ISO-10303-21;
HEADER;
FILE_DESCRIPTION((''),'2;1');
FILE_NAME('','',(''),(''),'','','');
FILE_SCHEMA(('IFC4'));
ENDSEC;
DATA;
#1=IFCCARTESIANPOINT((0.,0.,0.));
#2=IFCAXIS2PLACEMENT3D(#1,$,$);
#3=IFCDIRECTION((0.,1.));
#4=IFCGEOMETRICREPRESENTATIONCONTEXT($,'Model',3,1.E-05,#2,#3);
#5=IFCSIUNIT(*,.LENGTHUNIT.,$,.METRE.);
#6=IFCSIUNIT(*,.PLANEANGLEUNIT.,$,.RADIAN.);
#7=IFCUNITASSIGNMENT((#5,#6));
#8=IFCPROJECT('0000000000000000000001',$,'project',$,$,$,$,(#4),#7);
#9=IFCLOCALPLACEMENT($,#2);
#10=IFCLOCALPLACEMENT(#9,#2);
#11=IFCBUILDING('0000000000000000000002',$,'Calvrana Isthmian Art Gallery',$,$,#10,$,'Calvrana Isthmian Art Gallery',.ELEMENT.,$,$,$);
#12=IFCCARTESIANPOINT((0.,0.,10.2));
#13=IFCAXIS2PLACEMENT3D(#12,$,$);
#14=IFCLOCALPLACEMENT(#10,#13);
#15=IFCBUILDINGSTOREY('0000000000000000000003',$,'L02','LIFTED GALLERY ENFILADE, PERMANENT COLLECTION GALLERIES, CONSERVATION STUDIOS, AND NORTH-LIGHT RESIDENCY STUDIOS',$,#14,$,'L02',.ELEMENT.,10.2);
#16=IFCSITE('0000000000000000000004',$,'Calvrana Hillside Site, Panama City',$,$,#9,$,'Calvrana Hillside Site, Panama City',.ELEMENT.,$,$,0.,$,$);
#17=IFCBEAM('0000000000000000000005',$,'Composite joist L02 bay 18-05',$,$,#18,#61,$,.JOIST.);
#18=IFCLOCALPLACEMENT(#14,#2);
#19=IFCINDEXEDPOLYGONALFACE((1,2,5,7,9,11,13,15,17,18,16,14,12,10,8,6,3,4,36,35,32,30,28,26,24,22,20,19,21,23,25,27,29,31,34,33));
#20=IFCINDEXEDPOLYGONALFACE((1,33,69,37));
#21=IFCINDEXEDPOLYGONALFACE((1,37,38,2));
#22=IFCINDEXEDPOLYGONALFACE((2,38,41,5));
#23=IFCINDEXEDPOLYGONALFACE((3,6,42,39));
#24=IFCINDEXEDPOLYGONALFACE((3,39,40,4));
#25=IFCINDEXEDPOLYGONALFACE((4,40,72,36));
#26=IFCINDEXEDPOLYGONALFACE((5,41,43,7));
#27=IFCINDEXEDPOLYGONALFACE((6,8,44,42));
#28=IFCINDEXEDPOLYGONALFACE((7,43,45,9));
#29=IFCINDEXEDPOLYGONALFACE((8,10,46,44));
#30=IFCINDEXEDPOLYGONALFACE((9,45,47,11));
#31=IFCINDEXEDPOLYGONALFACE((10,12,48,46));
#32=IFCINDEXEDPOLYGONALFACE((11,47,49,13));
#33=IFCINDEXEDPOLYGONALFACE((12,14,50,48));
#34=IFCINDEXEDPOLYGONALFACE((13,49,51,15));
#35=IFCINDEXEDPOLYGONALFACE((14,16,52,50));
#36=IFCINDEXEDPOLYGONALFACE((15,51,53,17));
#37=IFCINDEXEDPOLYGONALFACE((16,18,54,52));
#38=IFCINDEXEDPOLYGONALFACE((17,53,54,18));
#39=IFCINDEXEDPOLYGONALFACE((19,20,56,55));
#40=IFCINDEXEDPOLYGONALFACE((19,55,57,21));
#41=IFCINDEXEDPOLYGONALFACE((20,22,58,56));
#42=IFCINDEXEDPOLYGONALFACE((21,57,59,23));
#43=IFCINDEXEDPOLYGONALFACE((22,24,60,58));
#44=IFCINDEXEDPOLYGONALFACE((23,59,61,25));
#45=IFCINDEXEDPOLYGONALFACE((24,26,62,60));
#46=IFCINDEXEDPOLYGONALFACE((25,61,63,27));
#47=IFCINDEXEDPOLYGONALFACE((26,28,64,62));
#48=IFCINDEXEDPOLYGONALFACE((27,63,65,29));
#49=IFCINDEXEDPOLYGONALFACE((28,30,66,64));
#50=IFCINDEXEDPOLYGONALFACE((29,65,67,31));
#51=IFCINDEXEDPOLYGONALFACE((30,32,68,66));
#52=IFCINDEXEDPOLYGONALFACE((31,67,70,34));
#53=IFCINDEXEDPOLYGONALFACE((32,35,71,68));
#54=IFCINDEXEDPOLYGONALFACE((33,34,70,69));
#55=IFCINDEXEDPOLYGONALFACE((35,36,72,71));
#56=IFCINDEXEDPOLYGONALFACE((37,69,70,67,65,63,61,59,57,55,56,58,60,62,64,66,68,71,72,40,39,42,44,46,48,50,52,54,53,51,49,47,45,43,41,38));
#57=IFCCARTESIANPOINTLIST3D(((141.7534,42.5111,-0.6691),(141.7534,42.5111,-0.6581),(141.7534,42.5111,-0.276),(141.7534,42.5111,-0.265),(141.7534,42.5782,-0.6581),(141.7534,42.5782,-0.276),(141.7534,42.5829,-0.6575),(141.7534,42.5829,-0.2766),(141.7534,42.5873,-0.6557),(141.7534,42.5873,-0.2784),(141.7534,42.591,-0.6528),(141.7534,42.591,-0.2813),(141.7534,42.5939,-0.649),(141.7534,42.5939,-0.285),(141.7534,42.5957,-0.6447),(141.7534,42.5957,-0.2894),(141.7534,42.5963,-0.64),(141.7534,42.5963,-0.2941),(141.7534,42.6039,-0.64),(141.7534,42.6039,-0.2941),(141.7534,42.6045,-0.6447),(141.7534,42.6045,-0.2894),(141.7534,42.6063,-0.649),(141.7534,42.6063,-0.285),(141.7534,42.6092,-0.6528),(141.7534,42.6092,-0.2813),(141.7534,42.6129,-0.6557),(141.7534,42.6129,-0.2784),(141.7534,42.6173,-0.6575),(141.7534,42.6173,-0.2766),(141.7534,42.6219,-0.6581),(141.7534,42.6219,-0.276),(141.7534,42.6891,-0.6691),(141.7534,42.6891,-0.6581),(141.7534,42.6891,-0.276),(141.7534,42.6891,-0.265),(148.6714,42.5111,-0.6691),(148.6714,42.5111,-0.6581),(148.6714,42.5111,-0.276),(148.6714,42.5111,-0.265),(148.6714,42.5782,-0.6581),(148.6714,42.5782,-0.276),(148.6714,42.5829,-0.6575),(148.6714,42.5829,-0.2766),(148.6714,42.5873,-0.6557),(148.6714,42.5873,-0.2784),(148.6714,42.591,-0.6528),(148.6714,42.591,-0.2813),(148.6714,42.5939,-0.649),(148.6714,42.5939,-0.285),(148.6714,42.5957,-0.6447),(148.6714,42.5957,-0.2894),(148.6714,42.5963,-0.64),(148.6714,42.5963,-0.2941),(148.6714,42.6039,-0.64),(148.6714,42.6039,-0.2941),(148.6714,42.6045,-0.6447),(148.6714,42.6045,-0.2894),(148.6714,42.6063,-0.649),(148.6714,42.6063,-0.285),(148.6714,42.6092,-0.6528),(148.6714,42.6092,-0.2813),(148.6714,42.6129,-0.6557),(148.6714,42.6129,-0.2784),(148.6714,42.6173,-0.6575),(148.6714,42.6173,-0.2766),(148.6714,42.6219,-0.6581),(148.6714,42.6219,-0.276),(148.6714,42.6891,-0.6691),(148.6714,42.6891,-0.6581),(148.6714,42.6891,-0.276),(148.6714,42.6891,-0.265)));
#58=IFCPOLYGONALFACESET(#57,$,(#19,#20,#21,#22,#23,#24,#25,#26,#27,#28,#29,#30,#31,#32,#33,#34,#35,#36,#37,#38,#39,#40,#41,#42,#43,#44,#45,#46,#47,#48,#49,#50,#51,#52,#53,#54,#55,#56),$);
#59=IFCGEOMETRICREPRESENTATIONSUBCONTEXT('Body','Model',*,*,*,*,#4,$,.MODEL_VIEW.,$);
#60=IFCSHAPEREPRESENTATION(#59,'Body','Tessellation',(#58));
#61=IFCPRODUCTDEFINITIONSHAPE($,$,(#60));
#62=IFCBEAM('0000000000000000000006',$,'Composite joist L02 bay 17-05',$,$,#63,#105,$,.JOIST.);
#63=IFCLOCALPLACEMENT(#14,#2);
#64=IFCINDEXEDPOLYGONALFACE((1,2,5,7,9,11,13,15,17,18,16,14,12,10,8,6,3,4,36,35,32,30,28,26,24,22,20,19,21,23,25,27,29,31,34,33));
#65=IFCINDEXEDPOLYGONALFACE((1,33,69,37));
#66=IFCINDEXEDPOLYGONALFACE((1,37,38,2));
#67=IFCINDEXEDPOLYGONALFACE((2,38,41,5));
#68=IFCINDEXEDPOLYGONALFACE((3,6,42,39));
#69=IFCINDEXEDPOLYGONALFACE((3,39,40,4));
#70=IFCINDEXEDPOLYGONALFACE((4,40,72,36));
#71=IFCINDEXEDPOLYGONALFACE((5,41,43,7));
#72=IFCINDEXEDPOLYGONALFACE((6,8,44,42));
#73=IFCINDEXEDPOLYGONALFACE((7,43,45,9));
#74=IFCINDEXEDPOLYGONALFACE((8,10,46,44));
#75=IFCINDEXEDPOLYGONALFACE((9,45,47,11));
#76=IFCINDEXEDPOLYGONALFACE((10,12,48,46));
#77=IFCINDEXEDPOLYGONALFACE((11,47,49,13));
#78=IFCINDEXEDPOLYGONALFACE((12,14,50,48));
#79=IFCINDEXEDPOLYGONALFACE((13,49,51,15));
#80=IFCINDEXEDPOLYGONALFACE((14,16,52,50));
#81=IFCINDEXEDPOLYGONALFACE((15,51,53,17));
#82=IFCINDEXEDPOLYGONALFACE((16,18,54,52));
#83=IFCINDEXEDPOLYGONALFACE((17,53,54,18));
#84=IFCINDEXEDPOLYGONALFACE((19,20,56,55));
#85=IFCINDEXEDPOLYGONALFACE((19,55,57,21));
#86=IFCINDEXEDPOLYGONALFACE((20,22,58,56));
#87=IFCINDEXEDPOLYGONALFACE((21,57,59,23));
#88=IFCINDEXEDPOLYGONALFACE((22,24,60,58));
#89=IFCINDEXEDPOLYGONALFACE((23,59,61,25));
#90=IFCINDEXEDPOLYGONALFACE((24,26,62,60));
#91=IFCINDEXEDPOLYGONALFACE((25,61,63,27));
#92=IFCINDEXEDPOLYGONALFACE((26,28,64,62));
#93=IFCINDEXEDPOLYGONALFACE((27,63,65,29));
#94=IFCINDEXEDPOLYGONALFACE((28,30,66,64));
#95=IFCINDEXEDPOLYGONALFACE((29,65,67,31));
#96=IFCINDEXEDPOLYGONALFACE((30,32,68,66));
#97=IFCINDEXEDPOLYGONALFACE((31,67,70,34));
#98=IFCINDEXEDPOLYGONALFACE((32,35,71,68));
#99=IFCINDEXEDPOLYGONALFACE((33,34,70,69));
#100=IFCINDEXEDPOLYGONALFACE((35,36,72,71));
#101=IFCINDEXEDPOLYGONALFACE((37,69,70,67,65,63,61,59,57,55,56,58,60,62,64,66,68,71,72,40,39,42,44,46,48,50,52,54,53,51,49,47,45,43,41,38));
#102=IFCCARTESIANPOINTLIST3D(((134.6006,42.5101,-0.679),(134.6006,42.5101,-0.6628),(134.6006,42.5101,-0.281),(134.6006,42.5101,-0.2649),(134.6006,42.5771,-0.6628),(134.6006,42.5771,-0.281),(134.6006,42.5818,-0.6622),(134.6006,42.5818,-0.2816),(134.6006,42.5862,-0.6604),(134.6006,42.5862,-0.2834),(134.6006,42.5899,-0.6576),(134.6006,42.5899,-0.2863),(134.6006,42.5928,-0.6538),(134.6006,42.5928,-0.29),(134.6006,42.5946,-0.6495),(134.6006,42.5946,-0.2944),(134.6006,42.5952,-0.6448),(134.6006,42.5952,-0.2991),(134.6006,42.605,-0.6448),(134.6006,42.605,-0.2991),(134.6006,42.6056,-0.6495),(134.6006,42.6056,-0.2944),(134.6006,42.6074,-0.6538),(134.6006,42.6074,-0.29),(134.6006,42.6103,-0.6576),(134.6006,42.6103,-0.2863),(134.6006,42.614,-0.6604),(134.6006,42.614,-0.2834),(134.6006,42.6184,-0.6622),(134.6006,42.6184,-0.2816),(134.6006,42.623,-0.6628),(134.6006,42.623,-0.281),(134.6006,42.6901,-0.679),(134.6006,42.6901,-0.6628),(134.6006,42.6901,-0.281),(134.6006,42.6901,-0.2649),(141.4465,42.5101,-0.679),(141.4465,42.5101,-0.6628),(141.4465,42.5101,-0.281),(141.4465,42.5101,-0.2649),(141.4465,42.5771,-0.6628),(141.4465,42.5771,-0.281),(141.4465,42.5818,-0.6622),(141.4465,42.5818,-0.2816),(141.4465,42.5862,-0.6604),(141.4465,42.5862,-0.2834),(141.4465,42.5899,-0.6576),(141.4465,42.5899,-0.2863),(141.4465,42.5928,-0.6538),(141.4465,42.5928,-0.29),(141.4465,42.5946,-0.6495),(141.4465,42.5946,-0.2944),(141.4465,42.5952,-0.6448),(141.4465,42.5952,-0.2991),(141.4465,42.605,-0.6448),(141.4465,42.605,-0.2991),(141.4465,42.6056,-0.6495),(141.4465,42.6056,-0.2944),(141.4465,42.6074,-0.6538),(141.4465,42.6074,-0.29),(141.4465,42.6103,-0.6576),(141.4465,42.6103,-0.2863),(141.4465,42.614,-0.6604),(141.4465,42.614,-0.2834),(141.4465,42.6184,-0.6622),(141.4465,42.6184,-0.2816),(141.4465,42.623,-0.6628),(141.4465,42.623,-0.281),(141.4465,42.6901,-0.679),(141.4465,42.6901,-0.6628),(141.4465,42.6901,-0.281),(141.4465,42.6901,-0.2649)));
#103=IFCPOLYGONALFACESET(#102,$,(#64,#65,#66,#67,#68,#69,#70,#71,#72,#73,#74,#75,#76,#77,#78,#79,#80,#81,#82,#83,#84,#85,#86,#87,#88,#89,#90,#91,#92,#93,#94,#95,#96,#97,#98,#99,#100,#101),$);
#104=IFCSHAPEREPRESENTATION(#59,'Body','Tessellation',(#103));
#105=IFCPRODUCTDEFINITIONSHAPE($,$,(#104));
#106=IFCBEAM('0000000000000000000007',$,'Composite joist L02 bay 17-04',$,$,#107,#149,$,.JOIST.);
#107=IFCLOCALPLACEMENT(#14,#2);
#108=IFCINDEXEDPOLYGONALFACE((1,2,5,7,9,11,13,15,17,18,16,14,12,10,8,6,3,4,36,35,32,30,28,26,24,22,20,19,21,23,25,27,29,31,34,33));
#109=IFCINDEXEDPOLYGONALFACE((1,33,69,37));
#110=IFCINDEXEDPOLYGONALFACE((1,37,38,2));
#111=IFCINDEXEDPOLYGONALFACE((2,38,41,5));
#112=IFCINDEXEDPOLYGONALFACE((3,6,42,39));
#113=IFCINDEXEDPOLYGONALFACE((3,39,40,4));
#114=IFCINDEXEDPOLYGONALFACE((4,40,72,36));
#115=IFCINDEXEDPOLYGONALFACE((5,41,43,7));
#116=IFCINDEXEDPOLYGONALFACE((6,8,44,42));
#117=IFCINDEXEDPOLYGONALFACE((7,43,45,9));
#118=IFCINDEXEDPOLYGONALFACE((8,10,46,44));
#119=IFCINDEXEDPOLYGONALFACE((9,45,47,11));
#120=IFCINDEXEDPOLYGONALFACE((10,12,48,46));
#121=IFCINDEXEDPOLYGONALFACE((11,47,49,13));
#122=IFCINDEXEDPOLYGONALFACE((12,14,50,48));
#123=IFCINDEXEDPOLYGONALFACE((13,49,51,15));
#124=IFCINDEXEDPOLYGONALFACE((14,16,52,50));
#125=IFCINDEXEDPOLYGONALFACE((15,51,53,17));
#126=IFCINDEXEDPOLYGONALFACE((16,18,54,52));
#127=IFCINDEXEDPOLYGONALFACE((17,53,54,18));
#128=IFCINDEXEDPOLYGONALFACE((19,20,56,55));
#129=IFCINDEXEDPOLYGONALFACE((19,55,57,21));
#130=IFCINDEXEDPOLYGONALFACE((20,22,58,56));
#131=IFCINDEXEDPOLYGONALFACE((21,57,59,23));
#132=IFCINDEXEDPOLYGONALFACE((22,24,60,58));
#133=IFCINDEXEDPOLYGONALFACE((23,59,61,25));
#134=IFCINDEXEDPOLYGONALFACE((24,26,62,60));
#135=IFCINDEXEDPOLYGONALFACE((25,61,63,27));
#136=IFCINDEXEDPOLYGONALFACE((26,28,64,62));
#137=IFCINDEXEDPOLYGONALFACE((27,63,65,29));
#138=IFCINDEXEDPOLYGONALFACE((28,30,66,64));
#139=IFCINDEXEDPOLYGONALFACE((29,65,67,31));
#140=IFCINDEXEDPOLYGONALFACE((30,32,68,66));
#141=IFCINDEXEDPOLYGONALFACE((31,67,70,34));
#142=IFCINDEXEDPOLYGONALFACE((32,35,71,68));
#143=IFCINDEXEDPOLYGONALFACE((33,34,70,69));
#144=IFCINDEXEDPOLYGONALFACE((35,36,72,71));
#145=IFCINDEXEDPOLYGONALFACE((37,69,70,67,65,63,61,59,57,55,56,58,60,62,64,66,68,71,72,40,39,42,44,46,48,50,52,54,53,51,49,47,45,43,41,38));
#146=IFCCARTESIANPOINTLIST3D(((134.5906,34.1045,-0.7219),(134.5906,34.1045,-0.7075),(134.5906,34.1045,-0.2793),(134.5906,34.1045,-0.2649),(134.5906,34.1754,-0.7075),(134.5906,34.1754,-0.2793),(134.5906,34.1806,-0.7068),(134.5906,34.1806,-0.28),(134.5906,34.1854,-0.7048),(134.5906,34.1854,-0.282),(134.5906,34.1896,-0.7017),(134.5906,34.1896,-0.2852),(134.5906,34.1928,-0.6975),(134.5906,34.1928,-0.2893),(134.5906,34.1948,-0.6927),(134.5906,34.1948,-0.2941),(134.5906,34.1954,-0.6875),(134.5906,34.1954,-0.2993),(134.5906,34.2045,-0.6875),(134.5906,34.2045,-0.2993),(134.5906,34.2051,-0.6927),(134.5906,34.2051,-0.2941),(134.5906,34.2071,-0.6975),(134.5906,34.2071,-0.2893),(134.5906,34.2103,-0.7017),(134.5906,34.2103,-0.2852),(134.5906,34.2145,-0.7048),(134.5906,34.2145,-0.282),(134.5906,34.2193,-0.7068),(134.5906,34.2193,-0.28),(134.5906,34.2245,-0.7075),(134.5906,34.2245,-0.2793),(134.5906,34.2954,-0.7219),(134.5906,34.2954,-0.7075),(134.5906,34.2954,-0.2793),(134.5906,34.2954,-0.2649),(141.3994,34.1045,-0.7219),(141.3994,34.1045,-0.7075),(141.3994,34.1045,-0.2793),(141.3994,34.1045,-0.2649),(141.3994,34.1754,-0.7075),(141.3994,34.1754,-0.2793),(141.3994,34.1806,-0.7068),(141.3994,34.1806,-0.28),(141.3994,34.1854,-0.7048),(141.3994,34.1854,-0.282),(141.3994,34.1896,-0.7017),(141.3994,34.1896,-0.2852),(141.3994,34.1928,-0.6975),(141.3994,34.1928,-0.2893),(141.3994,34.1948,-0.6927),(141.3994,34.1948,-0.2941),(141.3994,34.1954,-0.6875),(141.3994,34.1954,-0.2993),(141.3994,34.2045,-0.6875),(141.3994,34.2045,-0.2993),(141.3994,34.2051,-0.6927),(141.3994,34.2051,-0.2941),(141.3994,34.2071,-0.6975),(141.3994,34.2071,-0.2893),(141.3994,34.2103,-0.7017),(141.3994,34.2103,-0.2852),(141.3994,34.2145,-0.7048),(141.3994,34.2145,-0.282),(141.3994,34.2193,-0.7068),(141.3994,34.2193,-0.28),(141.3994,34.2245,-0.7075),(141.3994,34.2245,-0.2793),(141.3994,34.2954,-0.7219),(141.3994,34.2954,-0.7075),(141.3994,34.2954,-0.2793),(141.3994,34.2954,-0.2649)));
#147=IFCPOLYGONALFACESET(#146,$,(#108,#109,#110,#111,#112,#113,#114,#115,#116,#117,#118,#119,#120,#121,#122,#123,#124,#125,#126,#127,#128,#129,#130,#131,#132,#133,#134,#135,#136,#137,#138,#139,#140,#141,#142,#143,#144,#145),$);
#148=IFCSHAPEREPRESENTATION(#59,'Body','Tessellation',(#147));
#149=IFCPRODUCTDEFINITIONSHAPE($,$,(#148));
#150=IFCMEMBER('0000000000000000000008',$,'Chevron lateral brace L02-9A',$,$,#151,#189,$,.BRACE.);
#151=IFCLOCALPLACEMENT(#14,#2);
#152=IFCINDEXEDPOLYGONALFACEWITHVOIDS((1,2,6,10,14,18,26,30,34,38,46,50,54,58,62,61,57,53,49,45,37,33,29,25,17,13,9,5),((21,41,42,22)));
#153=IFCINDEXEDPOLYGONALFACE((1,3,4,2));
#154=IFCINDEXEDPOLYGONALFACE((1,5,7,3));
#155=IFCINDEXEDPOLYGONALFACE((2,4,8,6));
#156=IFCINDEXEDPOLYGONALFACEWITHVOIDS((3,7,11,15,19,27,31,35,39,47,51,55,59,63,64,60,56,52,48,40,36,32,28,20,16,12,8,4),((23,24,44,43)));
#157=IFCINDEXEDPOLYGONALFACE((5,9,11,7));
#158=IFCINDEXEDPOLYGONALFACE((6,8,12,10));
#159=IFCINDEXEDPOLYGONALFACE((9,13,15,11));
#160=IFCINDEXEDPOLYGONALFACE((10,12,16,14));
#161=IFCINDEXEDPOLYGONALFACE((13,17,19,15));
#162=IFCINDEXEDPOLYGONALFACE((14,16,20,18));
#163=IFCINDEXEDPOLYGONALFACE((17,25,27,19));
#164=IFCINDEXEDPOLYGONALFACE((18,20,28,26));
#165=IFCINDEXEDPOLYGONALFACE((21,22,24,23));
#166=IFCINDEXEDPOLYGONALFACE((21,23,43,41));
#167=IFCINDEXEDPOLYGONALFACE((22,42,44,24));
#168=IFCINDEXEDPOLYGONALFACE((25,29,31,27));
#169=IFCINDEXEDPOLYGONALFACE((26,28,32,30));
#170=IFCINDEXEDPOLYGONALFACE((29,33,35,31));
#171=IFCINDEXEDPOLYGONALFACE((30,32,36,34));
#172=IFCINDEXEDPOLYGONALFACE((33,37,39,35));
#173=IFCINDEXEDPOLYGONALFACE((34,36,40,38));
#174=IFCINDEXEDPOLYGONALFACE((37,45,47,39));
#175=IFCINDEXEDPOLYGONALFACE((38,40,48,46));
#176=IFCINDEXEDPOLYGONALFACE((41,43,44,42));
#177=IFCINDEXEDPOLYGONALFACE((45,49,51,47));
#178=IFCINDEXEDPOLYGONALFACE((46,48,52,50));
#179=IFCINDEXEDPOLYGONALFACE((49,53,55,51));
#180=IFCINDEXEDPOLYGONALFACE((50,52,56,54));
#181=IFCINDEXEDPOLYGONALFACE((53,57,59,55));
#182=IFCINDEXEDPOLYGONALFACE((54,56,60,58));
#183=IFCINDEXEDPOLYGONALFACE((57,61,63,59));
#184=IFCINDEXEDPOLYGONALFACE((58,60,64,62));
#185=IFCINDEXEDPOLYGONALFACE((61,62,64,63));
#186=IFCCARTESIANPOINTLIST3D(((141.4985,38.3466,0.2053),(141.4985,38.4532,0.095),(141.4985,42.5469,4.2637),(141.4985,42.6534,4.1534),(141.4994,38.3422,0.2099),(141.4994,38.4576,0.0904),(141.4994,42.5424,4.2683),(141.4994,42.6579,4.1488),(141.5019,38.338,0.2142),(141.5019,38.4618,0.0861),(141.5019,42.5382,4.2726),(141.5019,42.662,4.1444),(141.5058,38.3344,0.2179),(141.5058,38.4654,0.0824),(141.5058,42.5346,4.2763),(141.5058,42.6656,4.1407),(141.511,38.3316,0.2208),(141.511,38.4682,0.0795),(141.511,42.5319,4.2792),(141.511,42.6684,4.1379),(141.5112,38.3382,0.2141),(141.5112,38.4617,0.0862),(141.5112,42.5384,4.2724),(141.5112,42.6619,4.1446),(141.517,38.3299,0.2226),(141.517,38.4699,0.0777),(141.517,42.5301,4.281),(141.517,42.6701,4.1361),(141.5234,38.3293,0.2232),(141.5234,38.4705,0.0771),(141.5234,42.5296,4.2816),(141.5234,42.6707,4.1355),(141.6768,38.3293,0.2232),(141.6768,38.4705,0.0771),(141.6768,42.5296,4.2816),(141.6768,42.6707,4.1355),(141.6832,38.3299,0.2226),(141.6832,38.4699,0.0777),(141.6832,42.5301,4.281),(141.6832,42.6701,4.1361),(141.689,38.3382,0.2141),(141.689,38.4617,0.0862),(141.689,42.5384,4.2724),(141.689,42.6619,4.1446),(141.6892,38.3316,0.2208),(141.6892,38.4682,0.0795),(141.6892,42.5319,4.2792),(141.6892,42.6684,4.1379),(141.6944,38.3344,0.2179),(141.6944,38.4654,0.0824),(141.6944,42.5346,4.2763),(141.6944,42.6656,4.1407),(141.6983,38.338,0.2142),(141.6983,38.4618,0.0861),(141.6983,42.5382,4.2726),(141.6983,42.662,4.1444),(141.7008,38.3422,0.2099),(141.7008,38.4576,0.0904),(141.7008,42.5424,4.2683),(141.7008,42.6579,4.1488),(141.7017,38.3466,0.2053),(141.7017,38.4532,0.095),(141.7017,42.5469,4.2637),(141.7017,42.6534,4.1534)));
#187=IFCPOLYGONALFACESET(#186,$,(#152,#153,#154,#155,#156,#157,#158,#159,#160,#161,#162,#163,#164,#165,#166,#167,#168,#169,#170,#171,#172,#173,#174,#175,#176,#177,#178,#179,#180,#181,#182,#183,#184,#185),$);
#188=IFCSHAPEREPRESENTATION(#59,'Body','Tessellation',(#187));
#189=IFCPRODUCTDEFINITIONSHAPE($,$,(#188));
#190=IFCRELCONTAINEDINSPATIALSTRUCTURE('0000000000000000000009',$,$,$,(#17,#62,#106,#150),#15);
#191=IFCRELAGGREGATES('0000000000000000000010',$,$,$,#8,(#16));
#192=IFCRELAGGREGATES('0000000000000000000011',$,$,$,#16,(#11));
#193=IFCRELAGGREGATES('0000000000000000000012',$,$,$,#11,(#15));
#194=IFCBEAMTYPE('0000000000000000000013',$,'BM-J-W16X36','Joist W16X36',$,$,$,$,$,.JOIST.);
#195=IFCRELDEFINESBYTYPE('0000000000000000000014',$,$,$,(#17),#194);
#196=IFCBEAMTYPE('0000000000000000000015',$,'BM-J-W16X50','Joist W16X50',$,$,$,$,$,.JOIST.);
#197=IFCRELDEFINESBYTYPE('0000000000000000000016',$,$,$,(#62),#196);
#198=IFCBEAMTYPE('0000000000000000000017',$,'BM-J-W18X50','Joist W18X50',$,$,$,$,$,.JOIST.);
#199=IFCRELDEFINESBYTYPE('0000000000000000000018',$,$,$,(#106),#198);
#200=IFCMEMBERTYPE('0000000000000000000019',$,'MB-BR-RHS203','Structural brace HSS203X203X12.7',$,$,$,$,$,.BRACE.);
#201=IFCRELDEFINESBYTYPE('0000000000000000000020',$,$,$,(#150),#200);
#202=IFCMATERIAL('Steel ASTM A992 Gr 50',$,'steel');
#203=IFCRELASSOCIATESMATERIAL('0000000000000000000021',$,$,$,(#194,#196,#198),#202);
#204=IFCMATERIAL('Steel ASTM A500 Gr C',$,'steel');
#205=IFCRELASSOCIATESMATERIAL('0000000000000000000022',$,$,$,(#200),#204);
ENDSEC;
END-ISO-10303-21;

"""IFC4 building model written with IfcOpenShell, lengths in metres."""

from ifc_helpers import new_model, si_unit, direction, frame, origin, origin_2d, place, context, subcontext, project, spatial, hollow_rectangle, i_section, extrude, material, material_profile, profile_set, type_object, element, save


model = new_model("IFC4")

# Units and contexts
model_context = context("Model", 3, precision=1e-05, world=origin(), true_north=direction((0.0, 1.0)))
body_context = subcontext(model_context, "Body", "Model", "MODEL_VIEW")
ifc_project = project(units=[si_unit("LENGTHUNIT", "METRE"), si_unit("PLANEANGLEUNIT", "RADIAN")], contexts=[model_context])

# Site, building, storey
site_placement = place(None, origin())
site = spatial("IfcSite", under=ifc_project, at=site_placement, Name="Calvrana Hillside Site, Panama City", LongName="Calvrana Hillside Site, Panama City", CompositionType="ELEMENT", RefElevation=0.0)
building_placement = place(site_placement, origin())
building = spatial("IfcBuilding", under=site, at=building_placement, Name="Calvrana Isthmian Art Gallery", LongName="Calvrana Isthmian Art Gallery", CompositionType="ELEMENT")
storey_placement = place(building_placement, frame((0.0, 0.0, 10.2)))
storey = spatial("IfcBuildingStorey", under=building, at=storey_placement, Name="L02", Description="LIFTED GALLERY ENFILADE, PERMANENT COLLECTION GALLERIES, CONSERVATION STUDIOS, AND NORTH-LIGHT RESIDENCY STUDIOS", LongName="L02", CompositionType="ELEMENT", Elevation=10.2)

# Shared definitions
ifc_material_1 = material(Name="Steel ASTM A992 Gr 50", Category="steel")

# Beams
ifc_material_profile_1 = material_profile(ifc_material_1, i_section(OverallWidth=0.178, OverallDepth=0.4041, WebThickness=0.0076, FlangeThickness=0.011, FilletRadius=0.0181, at=origin_2d()), Name="W16X36")
ifc_profile_set_1 = profile_set([ifc_material_profile_1], Name="Steel ASTM A992 Gr 50")
beam_type_1 = type_object("IfcBeamType", Name="BM-J-W16X36", Description="Joist W16X36", PredefinedType="JOIST", material=ifc_profile_set_1)
beam_1_placement = place(storey_placement, frame((141.7534, 42.6001, -0.467), z_axis=(1.0, 0.0, 0.0), x_axis=(0.0, 1.0, 0.0)))
element("IfcBeam", 1, at=beam_1_placement, inside=storey, type_object=beam_type_1, Name="Composite joist L02 bay 18-05", PredefinedType="JOIST", context=body_context, shape_type="SweptSolid", body=[
    extrude(i_section(OverallWidth=0.178, OverallDepth=0.4041, WebThickness=0.0076, FlangeThickness=0.011, FilletRadius=0.0181, at=origin_2d()), origin(), (0.0, 0.0, 1.0), 6.918),
])
ifc_material_profile_2 = material_profile(ifc_material_1, i_section(OverallWidth=0.1799, OverallDepth=0.4141, WebThickness=0.0098, FlangeThickness=0.0161, FilletRadius=0.0181, at=origin_2d()), Name="W16X50")
ifc_profile_set_2 = profile_set([ifc_material_profile_2], Name="Steel ASTM A992 Gr 50")
beam_type_2 = type_object("IfcBeamType", Name="BM-J-W16X50", Description="Joist W16X50", PredefinedType="JOIST", material=ifc_profile_set_2)
beam_2_placement = place(storey_placement, frame((134.6006, 42.6001, -0.4719), z_axis=(1.0, 0.0, 0.0), x_axis=(0.0, 1.0, 0.0)))
element("IfcBeam", 2, at=beam_2_placement, inside=storey, type_object=beam_type_2, Name="Composite joist L02 bay 17-05", PredefinedType="JOIST", context=body_context, shape_type="SweptSolid", body=[
    extrude(i_section(OverallWidth=0.1799, OverallDepth=0.4141, WebThickness=0.0098, FlangeThickness=0.0161, FilletRadius=0.0181, at=origin_2d()), origin(), (0.0, 0.0, 1.0), 6.8459),
])
ifc_material_profile_3 = material_profile(ifc_material_1, i_section(OverallWidth=0.1909, OverallDepth=0.457, WebThickness=0.009, FlangeThickness=0.0144, FilletRadius=0.02, at=origin_2d()), Name="W18X50")
ifc_profile_set_3 = profile_set([ifc_material_profile_3], Name="Steel ASTM A992 Gr 50")
beam_type_3 = type_object("IfcBeamType", Name="BM-J-W18X50", Description="Joist W18X50", PredefinedType="JOIST", material=ifc_profile_set_3)
beam_3_placement = place(storey_placement, frame((134.5906, 34.2, -0.4934), z_axis=(1.0, 0.0, 0.0), x_axis=(0.0, 1.0, 0.0)))
element("IfcBeam", 3, at=beam_3_placement, inside=storey, type_object=beam_type_3, Name="Composite joist L02 bay 17-04", PredefinedType="JOIST", context=body_context, shape_type="SweptSolid", body=[
    extrude(i_section(OverallWidth=0.1909, OverallDepth=0.457, WebThickness=0.009, FlangeThickness=0.0144, FilletRadius=0.02, at=origin_2d()), origin(), (0.0, 0.0, 1.0), 6.8088),
])

# Member
ifc_material_2 = material(Name="Steel ASTM A500 Gr C", Category="steel")
ifc_material_profile_4 = material_profile(ifc_material_2, hollow_rectangle(XDim=0.2031, YDim=0.2031, WallThickness=0.0127, OuterFilletRadius=0.0249, at=origin_2d()), Name="HSS203X203X12.7")
ifc_profile_set_4 = profile_set([ifc_material_profile_4], Name="Steel ASTM A500 Gr C")
member_type = type_object("IfcMemberType", Name="MB-BR-RHS203", Description="Structural brace HSS203X203X12.7", PredefinedType="BRACE", material=ifc_profile_set_4)
member_placement = place(storey_placement, frame((141.6001, 38.3999, 0.1501), z_axis=(0.0, 0.719146, 0.694859), x_axis=(-1.0, 0.0, 0.0)))
element("IfcMember", 4, at=member_placement, inside=storey, type_object=member_type, Name="Chevron lateral brace L02-9A", PredefinedType="BRACE", context=body_context, shape_type="SweptSolid", body=[
    extrude(hollow_rectangle(XDim=0.2031, YDim=0.2031, WallThickness=0.0127, OuterFilletRadius=0.0249, at=origin_2d()), origin(), (0.0, 0.0, 1.0), 5.8406),
])

save(model, "model.ifc")
